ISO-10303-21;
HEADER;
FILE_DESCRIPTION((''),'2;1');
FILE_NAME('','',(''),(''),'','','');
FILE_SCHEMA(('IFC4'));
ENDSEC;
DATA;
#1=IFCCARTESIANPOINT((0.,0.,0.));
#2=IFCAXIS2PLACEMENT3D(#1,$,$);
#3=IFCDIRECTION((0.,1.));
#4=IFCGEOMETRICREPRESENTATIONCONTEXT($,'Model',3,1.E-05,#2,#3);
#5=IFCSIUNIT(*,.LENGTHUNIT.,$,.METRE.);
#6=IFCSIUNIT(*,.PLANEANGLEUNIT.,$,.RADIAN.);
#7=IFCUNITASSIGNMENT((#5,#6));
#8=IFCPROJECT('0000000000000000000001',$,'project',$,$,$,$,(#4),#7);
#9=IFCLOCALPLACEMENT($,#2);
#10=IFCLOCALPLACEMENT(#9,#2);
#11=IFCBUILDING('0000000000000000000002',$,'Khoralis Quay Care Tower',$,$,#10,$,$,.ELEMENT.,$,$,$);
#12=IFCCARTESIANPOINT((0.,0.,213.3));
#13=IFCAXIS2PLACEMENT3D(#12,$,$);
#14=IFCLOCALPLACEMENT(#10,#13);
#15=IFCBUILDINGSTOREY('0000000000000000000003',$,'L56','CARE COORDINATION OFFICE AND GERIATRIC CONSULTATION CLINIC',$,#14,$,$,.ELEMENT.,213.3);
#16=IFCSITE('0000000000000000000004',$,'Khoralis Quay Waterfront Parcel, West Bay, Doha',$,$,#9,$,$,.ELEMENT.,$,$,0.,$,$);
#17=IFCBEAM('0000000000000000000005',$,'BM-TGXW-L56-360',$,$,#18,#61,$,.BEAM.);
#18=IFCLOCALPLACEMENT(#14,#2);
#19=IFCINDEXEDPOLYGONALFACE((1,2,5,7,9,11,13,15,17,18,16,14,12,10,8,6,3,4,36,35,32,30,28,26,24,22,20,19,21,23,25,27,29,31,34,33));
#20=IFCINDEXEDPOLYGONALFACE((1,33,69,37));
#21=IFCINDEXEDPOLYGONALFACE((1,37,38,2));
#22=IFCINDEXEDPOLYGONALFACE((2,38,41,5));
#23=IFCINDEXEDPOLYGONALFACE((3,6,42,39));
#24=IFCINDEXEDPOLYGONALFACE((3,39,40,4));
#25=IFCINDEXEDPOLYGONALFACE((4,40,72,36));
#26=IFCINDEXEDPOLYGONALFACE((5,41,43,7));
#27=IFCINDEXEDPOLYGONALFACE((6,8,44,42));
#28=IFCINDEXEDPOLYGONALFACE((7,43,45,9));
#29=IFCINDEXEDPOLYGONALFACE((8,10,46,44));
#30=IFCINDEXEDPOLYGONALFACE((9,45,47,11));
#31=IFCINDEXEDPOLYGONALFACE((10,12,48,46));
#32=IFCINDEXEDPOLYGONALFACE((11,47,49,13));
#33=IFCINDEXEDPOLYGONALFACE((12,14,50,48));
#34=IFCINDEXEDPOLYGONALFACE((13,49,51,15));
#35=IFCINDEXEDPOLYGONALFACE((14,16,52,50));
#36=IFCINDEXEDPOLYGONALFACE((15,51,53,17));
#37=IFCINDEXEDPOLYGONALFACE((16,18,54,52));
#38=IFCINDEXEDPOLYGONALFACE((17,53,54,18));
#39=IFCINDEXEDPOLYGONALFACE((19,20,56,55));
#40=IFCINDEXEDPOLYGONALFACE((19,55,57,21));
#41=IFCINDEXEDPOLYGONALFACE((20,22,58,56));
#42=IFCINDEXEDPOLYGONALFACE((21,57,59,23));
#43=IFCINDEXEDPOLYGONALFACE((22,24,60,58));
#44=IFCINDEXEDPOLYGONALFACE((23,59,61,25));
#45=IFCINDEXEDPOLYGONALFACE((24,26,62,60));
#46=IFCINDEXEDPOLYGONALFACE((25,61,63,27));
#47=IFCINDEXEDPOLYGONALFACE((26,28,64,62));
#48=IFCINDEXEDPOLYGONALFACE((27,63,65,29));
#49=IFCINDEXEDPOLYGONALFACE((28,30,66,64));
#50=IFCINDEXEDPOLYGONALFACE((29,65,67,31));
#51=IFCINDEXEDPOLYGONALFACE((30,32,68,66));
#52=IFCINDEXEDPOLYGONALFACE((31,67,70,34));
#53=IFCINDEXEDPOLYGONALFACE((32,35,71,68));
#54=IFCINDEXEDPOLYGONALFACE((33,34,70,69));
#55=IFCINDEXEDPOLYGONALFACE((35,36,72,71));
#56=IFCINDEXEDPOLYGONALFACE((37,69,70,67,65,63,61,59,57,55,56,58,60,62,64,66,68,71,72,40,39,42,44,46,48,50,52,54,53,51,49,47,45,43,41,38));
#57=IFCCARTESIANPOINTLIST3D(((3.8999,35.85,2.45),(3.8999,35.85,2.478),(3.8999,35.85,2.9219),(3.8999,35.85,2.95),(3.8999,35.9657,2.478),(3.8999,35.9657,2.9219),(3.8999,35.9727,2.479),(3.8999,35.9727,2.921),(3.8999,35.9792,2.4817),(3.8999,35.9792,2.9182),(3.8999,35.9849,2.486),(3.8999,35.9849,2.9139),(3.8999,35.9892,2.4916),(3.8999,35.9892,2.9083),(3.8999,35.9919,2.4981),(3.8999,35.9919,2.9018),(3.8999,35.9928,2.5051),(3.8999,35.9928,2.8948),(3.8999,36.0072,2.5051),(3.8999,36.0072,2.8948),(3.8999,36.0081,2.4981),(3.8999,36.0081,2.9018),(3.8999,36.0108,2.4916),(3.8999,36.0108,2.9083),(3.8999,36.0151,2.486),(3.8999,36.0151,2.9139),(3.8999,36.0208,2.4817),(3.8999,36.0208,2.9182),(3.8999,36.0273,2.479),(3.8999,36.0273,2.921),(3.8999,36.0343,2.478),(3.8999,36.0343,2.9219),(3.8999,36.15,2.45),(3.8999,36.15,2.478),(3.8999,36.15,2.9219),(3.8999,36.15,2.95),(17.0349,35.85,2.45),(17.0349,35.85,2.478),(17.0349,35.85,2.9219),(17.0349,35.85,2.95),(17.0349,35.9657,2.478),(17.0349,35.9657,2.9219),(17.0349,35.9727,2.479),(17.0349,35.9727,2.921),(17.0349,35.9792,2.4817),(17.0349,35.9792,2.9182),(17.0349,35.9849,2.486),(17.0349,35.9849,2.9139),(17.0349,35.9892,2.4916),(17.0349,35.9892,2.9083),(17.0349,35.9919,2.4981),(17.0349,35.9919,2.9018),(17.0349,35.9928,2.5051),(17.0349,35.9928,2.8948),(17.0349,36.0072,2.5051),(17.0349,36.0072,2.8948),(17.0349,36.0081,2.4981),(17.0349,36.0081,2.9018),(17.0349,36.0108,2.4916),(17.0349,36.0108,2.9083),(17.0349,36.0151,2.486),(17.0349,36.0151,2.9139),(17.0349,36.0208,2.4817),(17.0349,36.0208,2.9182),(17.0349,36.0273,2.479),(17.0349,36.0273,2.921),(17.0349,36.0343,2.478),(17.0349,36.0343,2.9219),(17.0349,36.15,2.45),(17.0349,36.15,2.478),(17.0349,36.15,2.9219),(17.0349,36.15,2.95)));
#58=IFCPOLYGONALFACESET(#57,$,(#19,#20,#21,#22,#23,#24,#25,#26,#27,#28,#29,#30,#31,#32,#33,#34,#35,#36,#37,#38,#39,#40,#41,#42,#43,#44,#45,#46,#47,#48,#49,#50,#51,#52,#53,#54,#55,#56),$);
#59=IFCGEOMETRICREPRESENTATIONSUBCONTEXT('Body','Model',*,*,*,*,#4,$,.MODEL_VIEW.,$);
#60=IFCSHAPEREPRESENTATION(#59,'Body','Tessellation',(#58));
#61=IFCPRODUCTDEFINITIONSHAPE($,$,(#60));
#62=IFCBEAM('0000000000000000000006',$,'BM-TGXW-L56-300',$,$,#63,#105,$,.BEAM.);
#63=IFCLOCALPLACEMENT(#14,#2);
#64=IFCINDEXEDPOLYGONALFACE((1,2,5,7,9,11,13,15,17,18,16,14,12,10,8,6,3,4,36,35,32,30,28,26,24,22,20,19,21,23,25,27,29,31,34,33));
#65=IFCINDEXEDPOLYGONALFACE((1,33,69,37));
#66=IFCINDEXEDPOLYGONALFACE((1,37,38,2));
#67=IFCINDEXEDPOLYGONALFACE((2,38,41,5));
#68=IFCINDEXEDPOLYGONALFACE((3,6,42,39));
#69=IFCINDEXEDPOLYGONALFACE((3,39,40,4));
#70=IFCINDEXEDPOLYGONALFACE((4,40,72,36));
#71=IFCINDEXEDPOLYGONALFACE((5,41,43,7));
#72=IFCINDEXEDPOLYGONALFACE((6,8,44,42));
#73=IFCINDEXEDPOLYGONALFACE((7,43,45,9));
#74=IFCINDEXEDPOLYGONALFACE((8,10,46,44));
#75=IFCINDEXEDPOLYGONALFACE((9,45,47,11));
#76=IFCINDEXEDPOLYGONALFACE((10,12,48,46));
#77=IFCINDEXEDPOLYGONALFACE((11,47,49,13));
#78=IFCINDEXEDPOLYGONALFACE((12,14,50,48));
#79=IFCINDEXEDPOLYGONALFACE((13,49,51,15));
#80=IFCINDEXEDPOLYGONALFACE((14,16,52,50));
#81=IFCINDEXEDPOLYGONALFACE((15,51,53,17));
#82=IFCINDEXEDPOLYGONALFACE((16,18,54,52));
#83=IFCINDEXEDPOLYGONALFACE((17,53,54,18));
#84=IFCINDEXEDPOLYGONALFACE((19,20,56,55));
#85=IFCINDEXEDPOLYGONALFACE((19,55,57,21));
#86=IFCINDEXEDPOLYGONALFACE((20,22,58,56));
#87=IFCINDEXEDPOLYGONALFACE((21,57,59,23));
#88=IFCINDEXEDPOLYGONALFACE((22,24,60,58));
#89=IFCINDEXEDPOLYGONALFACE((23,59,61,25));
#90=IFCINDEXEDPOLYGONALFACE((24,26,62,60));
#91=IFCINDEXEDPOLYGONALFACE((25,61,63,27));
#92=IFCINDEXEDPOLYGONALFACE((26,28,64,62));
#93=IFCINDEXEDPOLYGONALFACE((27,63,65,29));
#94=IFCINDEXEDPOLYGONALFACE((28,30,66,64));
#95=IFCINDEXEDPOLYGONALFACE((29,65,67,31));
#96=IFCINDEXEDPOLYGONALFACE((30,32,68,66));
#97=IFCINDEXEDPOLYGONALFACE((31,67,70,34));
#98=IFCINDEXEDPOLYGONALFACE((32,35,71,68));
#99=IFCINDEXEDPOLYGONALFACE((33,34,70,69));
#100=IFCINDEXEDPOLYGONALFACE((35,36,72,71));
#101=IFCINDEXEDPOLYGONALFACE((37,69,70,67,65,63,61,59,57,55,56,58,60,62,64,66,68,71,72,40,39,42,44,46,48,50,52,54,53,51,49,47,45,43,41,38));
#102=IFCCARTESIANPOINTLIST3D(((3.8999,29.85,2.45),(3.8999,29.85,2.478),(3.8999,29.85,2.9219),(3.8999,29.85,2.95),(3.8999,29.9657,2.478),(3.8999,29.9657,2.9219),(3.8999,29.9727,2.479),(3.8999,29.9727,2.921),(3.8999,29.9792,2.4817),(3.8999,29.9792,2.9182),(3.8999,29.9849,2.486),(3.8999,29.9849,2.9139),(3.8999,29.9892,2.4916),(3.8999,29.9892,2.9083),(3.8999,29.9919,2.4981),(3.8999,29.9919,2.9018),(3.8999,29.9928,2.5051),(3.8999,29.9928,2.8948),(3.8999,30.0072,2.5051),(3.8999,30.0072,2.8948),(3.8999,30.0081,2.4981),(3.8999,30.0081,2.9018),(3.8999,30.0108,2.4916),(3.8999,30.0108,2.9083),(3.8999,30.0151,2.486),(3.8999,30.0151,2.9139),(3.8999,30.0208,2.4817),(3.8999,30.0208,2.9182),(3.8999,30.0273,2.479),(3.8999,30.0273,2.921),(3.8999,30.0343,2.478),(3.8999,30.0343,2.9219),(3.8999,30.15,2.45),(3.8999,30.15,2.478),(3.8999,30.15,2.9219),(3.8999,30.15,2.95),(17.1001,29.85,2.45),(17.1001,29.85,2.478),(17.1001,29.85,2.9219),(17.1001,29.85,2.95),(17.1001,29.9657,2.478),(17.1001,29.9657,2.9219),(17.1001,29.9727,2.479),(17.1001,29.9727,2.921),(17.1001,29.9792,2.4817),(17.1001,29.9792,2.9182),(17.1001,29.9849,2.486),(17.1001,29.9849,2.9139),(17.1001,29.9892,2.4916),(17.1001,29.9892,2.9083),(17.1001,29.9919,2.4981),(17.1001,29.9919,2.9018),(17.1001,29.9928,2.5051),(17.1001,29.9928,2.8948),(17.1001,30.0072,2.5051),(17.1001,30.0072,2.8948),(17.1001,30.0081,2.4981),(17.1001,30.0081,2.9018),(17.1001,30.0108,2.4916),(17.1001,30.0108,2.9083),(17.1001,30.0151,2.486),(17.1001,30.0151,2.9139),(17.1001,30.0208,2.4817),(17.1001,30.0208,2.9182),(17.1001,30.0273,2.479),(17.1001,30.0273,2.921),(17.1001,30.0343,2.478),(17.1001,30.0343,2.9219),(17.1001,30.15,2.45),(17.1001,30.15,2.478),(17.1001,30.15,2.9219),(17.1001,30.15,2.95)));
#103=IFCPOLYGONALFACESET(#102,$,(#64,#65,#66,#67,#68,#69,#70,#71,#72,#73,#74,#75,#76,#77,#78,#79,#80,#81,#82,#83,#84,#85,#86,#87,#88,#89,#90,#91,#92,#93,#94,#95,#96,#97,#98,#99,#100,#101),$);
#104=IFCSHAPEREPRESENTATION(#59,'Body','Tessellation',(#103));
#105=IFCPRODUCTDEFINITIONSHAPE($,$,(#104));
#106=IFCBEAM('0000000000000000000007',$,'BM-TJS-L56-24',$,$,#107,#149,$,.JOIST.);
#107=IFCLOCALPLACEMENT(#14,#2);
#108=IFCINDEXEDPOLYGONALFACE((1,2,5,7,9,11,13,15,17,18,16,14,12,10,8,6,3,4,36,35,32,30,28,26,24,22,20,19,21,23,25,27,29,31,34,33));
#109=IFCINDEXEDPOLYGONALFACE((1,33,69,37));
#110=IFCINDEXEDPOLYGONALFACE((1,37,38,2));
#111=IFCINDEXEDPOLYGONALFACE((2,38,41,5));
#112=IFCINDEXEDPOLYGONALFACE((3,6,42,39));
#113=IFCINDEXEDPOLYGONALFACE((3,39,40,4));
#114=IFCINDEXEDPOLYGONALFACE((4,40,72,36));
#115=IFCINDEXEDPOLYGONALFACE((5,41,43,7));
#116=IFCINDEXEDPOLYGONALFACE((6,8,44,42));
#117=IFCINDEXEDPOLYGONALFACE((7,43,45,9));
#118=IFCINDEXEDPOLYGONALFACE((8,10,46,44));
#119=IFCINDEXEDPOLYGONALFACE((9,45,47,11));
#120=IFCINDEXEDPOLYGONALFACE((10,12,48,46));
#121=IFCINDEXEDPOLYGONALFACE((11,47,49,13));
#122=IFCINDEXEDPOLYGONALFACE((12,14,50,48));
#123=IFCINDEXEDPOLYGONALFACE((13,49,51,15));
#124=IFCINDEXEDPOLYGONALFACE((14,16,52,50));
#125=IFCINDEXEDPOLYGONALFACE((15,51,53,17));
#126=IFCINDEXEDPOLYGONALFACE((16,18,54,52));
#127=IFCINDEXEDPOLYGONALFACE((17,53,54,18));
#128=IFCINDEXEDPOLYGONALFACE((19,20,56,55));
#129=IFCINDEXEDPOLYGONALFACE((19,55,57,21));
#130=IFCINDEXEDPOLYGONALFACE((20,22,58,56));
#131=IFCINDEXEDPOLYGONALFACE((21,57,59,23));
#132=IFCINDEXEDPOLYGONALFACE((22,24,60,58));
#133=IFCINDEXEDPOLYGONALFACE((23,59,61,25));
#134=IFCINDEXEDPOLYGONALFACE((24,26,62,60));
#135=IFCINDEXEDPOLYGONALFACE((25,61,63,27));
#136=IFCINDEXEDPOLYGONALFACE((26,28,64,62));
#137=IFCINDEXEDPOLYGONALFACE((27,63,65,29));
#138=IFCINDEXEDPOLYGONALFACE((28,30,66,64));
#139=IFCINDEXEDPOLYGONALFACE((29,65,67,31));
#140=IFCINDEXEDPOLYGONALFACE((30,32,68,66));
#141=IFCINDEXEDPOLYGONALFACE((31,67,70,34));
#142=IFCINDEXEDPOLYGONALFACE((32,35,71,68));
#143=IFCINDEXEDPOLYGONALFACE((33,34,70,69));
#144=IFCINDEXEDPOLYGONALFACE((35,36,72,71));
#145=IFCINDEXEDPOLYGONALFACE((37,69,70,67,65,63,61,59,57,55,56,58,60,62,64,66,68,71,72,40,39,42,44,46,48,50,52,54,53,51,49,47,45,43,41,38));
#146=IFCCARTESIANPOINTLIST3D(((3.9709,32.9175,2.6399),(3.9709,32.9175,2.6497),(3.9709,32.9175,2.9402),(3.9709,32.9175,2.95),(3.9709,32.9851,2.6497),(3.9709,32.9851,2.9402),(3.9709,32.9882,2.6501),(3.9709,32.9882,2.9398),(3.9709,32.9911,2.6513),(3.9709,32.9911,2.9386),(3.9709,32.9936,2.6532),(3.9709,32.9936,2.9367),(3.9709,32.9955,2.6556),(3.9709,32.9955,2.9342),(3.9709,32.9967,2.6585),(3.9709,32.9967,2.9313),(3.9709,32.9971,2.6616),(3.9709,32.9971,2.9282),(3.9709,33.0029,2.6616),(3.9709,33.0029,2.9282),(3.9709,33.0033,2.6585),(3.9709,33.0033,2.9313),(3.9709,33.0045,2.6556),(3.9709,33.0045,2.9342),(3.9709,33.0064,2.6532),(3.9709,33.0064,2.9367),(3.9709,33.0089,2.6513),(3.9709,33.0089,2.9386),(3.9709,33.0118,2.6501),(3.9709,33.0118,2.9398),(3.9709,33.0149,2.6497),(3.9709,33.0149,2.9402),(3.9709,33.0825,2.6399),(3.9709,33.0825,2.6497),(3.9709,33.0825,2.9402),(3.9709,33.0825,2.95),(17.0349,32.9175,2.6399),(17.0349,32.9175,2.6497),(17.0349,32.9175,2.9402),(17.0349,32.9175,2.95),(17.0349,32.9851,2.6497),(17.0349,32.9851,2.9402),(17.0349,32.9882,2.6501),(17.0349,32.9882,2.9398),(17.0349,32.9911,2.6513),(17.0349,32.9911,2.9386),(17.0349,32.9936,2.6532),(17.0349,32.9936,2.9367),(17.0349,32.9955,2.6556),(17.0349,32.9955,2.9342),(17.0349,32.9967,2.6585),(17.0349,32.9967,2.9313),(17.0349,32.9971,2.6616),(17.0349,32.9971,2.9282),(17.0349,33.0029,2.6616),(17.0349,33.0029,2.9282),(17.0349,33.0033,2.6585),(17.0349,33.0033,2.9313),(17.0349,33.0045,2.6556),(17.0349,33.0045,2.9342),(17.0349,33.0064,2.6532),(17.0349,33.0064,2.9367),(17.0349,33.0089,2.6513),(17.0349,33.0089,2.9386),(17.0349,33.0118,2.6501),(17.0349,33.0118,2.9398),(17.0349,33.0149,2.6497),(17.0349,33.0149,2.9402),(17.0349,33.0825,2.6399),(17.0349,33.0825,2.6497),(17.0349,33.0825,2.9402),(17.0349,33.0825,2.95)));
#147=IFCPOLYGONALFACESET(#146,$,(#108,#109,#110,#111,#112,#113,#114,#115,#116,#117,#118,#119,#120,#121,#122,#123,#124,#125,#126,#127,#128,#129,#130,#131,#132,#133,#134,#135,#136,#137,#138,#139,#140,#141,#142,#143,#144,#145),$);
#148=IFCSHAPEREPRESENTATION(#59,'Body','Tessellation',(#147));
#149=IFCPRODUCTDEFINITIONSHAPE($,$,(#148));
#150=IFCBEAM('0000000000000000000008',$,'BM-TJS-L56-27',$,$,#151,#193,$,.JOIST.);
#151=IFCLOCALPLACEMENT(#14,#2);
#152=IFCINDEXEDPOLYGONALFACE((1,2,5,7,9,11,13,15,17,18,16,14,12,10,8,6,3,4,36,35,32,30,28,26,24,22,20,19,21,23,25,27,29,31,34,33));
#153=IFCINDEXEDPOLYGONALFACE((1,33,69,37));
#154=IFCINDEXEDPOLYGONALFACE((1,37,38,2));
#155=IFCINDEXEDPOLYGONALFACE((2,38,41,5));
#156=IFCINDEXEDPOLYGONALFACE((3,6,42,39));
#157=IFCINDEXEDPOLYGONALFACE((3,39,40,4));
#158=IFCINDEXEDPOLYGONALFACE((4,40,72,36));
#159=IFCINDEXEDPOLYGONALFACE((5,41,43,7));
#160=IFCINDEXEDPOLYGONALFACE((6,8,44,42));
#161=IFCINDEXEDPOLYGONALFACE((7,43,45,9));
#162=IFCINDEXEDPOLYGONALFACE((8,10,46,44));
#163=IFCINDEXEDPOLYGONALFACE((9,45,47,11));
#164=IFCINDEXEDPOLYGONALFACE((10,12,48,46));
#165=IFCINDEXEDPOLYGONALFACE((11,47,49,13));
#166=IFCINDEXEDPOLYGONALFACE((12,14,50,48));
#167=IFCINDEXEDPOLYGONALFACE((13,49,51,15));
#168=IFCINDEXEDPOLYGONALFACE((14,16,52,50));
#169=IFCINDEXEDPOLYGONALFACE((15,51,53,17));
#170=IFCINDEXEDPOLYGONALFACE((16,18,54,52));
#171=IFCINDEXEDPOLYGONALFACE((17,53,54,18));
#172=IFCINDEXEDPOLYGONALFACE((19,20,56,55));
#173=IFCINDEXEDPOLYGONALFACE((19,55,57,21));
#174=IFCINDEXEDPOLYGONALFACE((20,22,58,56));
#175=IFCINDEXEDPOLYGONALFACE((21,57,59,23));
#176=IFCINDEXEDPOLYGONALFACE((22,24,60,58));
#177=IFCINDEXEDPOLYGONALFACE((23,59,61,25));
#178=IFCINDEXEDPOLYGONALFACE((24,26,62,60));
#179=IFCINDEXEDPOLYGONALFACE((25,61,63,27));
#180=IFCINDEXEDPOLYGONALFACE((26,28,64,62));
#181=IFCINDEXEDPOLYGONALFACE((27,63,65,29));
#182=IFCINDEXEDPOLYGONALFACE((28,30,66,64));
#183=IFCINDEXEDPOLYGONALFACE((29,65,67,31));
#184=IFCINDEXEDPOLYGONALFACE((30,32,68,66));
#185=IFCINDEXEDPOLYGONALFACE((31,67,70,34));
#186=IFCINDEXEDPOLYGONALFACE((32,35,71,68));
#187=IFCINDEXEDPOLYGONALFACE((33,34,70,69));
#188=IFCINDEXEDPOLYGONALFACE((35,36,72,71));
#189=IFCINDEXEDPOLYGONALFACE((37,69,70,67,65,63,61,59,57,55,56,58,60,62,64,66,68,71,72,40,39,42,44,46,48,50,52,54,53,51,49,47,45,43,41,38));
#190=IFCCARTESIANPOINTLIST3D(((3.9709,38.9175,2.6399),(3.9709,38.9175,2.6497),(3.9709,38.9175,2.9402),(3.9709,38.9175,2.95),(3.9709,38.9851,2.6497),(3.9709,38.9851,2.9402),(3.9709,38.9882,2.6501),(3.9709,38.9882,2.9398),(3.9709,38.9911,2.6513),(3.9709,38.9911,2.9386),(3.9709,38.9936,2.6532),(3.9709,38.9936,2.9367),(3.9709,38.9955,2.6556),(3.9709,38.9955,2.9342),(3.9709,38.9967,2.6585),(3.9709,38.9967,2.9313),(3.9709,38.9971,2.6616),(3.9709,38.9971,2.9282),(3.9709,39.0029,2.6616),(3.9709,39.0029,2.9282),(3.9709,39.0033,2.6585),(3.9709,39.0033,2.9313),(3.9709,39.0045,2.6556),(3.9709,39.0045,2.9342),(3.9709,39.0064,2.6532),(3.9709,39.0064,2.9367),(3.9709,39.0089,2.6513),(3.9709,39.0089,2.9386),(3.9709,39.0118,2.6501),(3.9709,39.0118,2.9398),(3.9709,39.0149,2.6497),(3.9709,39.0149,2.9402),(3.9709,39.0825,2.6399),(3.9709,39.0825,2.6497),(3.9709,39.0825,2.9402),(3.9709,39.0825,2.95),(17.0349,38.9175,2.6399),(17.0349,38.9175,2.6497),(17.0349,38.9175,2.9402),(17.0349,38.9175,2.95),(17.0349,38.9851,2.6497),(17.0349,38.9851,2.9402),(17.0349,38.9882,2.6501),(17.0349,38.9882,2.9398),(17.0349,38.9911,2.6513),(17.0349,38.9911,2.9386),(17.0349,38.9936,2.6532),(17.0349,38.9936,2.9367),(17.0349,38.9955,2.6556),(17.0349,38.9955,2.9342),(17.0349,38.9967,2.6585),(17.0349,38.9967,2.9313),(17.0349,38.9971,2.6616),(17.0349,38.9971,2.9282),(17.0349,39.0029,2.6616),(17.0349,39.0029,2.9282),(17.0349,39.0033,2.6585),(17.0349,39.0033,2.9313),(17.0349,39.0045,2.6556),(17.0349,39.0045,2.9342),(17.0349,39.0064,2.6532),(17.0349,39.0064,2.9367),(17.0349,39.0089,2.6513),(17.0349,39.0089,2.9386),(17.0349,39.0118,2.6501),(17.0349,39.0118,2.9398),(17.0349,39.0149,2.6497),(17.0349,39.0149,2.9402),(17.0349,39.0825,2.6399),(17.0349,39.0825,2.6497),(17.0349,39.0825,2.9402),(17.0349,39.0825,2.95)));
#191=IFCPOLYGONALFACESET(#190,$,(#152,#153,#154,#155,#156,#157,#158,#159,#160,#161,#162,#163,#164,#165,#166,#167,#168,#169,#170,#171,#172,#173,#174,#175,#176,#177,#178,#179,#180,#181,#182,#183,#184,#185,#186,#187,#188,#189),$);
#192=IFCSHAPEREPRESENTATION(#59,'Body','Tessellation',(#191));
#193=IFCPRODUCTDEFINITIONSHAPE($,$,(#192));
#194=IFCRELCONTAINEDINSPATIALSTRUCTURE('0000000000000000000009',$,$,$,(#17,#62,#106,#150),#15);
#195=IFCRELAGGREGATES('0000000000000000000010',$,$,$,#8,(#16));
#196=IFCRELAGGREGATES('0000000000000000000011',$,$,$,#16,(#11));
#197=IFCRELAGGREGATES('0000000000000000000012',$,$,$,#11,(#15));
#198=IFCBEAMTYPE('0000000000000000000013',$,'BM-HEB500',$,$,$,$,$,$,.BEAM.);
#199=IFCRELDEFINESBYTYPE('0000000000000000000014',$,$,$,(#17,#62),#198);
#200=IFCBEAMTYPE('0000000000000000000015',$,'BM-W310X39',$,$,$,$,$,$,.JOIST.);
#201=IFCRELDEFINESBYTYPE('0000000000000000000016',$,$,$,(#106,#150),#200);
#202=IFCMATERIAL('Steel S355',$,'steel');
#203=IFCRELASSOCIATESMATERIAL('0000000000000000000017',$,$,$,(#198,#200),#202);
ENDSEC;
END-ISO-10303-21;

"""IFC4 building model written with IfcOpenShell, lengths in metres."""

from ifc_helpers import new_model, si_unit, direction, frame, origin, origin_2d, place, context, subcontext, project, spatial, i_section, extrude, source, transform, mapped, material, material_profile, profile_set, type_object, element, save


model = new_model("IFC4")

# Units and contexts
model_context = context("Model", 3, precision=1e-05, world=origin(), true_north=direction((0.0, 1.0)))
body_context = subcontext(model_context, "Body", "Model", "MODEL_VIEW")
ifc_project = project(units=[si_unit("LENGTHUNIT", "METRE"), si_unit("PLANEANGLEUNIT", "RADIAN")], contexts=[model_context])

# Site, building, storey
site_placement = place(None, origin())
site = spatial("IfcSite", under=ifc_project, at=site_placement, Name="Khoralis Quay Waterfront Parcel, West Bay, Doha", CompositionType="ELEMENT", RefElevation=0.0)
building_placement = place(site_placement, origin())
building = spatial("IfcBuilding", under=site, at=building_placement, Name="Khoralis Quay Care Tower", CompositionType="ELEMENT")
storey_placement = place(building_placement, frame((0.0, 0.0, 213.3)))
storey = spatial("IfcBuildingStorey", under=building, at=storey_placement, Name="L56", Description="CARE COORDINATION OFFICE AND GERIATRIC CONSULTATION CLINIC", CompositionType="ELEMENT", Elevation=213.3)

# Beams
ifc_material_1 = material(Name="Steel S355", Category="steel")
ifc_material_profile_1 = material_profile(ifc_material_1, i_section(OverallWidth=0.3, OverallDepth=0.5, WebThickness=0.0144, FlangeThickness=0.0281, FilletRadius=0.0271, at=origin_2d()), Name="Steel S355")
ifc_profile_set_1 = profile_set([ifc_material_profile_1], Name="Steel S355")
beam_type_1 = type_object("IfcBeamType", Name="BM-HEB500", PredefinedType="BEAM", material=ifc_profile_set_1)
shared_shape_1 = source(origin(), body_context, "Body", "SweptSolid", [
    extrude(i_section(OverallWidth=0.3, OverallDepth=0.5, WebThickness=0.0144, FlangeThickness=0.0281, FilletRadius=0.0271, at=origin_2d()), origin(), (0.0, 0.0, 1.0), 13.135),
])
beam_1_placement = place(storey_placement, frame((3.8999, 36.0, 2.7), z_axis=(1.0, 0.0, 0.0), x_axis=(0.0, 1.0, 0.0)))
element("IfcBeam", 1, at=beam_1_placement, inside=storey, type_object=beam_type_1, Name="BM-TGXW-L56-360", PredefinedType="BEAM", context=body_context, shape_type="MappedRepresentation", body=[
    mapped(shared_shape_1, transform((0.0, 0.0, 0.0), scale=1.0)),
])
shared_shape_2 = source(origin(), body_context, "Body", "SweptSolid", [
    extrude(i_section(OverallWidth=0.3, OverallDepth=0.5, WebThickness=0.0144, FlangeThickness=0.0281, FilletRadius=0.0271, at=origin_2d()), origin(), (0.0, 0.0, 1.0), 13.2002),
])
beam_2_placement = place(storey_placement, frame((3.8999, 30.0, 2.7), z_axis=(1.0, 0.0, 0.0), x_axis=(0.0, 1.0, 0.0)))
element("IfcBeam", 2, at=beam_2_placement, inside=storey, type_object=beam_type_1, Name="BM-TGXW-L56-300", PredefinedType="BEAM", context=body_context, shape_type="MappedRepresentation", body=[
    mapped(shared_shape_2, transform((0.0, 0.0, 0.0), scale=1.0)),
])
ifc_material_profile_2 = material_profile(ifc_material_1, i_section(OverallWidth=0.165, OverallDepth=0.3101, WebThickness=0.0059, FlangeThickness=0.0098, FilletRadius=0.012, at=origin_2d()), Name="Steel S355")
ifc_profile_set_2 = profile_set([ifc_material_profile_2], Name="Steel S355")
beam_type_2 = type_object("IfcBeamType", Name="BM-W310X39", PredefinedType="JOIST", material=ifc_profile_set_2)
shared_shape_3 = source(origin(), body_context, "Body", "SweptSolid", [
    extrude(i_section(OverallWidth=0.165, OverallDepth=0.3101, WebThickness=0.0059, FlangeThickness=0.0098, FilletRadius=0.012, at=origin_2d()), origin(), (0.0, 0.0, 1.0), 13.064),
])
for number, where, z_axis, x_axis, name in (
    (3, (3.9709, 33.0, 2.7949), (1.0, 0.0, 0.0), (0.0, 1.0, 0.0), "BM-TJS-L56-24"),
    (4, (3.9709, 39.0, 2.7949), (1.0, 0.0, 0.0), (0.0, 1.0, 0.0), "BM-TJS-L56-27"),
):
    element("IfcBeam", number, at=place(storey_placement, frame(where, z_axis=z_axis, x_axis=x_axis)), inside=storey, type_object=beam_type_2, Name=name, PredefinedType="JOIST", context=body_context, shape_type="MappedRepresentation", body=[
        mapped(shared_shape_3, transform((0.0, 0.0, 0.0), scale=1.0)),
    ])

save(model, "model.ifc")
